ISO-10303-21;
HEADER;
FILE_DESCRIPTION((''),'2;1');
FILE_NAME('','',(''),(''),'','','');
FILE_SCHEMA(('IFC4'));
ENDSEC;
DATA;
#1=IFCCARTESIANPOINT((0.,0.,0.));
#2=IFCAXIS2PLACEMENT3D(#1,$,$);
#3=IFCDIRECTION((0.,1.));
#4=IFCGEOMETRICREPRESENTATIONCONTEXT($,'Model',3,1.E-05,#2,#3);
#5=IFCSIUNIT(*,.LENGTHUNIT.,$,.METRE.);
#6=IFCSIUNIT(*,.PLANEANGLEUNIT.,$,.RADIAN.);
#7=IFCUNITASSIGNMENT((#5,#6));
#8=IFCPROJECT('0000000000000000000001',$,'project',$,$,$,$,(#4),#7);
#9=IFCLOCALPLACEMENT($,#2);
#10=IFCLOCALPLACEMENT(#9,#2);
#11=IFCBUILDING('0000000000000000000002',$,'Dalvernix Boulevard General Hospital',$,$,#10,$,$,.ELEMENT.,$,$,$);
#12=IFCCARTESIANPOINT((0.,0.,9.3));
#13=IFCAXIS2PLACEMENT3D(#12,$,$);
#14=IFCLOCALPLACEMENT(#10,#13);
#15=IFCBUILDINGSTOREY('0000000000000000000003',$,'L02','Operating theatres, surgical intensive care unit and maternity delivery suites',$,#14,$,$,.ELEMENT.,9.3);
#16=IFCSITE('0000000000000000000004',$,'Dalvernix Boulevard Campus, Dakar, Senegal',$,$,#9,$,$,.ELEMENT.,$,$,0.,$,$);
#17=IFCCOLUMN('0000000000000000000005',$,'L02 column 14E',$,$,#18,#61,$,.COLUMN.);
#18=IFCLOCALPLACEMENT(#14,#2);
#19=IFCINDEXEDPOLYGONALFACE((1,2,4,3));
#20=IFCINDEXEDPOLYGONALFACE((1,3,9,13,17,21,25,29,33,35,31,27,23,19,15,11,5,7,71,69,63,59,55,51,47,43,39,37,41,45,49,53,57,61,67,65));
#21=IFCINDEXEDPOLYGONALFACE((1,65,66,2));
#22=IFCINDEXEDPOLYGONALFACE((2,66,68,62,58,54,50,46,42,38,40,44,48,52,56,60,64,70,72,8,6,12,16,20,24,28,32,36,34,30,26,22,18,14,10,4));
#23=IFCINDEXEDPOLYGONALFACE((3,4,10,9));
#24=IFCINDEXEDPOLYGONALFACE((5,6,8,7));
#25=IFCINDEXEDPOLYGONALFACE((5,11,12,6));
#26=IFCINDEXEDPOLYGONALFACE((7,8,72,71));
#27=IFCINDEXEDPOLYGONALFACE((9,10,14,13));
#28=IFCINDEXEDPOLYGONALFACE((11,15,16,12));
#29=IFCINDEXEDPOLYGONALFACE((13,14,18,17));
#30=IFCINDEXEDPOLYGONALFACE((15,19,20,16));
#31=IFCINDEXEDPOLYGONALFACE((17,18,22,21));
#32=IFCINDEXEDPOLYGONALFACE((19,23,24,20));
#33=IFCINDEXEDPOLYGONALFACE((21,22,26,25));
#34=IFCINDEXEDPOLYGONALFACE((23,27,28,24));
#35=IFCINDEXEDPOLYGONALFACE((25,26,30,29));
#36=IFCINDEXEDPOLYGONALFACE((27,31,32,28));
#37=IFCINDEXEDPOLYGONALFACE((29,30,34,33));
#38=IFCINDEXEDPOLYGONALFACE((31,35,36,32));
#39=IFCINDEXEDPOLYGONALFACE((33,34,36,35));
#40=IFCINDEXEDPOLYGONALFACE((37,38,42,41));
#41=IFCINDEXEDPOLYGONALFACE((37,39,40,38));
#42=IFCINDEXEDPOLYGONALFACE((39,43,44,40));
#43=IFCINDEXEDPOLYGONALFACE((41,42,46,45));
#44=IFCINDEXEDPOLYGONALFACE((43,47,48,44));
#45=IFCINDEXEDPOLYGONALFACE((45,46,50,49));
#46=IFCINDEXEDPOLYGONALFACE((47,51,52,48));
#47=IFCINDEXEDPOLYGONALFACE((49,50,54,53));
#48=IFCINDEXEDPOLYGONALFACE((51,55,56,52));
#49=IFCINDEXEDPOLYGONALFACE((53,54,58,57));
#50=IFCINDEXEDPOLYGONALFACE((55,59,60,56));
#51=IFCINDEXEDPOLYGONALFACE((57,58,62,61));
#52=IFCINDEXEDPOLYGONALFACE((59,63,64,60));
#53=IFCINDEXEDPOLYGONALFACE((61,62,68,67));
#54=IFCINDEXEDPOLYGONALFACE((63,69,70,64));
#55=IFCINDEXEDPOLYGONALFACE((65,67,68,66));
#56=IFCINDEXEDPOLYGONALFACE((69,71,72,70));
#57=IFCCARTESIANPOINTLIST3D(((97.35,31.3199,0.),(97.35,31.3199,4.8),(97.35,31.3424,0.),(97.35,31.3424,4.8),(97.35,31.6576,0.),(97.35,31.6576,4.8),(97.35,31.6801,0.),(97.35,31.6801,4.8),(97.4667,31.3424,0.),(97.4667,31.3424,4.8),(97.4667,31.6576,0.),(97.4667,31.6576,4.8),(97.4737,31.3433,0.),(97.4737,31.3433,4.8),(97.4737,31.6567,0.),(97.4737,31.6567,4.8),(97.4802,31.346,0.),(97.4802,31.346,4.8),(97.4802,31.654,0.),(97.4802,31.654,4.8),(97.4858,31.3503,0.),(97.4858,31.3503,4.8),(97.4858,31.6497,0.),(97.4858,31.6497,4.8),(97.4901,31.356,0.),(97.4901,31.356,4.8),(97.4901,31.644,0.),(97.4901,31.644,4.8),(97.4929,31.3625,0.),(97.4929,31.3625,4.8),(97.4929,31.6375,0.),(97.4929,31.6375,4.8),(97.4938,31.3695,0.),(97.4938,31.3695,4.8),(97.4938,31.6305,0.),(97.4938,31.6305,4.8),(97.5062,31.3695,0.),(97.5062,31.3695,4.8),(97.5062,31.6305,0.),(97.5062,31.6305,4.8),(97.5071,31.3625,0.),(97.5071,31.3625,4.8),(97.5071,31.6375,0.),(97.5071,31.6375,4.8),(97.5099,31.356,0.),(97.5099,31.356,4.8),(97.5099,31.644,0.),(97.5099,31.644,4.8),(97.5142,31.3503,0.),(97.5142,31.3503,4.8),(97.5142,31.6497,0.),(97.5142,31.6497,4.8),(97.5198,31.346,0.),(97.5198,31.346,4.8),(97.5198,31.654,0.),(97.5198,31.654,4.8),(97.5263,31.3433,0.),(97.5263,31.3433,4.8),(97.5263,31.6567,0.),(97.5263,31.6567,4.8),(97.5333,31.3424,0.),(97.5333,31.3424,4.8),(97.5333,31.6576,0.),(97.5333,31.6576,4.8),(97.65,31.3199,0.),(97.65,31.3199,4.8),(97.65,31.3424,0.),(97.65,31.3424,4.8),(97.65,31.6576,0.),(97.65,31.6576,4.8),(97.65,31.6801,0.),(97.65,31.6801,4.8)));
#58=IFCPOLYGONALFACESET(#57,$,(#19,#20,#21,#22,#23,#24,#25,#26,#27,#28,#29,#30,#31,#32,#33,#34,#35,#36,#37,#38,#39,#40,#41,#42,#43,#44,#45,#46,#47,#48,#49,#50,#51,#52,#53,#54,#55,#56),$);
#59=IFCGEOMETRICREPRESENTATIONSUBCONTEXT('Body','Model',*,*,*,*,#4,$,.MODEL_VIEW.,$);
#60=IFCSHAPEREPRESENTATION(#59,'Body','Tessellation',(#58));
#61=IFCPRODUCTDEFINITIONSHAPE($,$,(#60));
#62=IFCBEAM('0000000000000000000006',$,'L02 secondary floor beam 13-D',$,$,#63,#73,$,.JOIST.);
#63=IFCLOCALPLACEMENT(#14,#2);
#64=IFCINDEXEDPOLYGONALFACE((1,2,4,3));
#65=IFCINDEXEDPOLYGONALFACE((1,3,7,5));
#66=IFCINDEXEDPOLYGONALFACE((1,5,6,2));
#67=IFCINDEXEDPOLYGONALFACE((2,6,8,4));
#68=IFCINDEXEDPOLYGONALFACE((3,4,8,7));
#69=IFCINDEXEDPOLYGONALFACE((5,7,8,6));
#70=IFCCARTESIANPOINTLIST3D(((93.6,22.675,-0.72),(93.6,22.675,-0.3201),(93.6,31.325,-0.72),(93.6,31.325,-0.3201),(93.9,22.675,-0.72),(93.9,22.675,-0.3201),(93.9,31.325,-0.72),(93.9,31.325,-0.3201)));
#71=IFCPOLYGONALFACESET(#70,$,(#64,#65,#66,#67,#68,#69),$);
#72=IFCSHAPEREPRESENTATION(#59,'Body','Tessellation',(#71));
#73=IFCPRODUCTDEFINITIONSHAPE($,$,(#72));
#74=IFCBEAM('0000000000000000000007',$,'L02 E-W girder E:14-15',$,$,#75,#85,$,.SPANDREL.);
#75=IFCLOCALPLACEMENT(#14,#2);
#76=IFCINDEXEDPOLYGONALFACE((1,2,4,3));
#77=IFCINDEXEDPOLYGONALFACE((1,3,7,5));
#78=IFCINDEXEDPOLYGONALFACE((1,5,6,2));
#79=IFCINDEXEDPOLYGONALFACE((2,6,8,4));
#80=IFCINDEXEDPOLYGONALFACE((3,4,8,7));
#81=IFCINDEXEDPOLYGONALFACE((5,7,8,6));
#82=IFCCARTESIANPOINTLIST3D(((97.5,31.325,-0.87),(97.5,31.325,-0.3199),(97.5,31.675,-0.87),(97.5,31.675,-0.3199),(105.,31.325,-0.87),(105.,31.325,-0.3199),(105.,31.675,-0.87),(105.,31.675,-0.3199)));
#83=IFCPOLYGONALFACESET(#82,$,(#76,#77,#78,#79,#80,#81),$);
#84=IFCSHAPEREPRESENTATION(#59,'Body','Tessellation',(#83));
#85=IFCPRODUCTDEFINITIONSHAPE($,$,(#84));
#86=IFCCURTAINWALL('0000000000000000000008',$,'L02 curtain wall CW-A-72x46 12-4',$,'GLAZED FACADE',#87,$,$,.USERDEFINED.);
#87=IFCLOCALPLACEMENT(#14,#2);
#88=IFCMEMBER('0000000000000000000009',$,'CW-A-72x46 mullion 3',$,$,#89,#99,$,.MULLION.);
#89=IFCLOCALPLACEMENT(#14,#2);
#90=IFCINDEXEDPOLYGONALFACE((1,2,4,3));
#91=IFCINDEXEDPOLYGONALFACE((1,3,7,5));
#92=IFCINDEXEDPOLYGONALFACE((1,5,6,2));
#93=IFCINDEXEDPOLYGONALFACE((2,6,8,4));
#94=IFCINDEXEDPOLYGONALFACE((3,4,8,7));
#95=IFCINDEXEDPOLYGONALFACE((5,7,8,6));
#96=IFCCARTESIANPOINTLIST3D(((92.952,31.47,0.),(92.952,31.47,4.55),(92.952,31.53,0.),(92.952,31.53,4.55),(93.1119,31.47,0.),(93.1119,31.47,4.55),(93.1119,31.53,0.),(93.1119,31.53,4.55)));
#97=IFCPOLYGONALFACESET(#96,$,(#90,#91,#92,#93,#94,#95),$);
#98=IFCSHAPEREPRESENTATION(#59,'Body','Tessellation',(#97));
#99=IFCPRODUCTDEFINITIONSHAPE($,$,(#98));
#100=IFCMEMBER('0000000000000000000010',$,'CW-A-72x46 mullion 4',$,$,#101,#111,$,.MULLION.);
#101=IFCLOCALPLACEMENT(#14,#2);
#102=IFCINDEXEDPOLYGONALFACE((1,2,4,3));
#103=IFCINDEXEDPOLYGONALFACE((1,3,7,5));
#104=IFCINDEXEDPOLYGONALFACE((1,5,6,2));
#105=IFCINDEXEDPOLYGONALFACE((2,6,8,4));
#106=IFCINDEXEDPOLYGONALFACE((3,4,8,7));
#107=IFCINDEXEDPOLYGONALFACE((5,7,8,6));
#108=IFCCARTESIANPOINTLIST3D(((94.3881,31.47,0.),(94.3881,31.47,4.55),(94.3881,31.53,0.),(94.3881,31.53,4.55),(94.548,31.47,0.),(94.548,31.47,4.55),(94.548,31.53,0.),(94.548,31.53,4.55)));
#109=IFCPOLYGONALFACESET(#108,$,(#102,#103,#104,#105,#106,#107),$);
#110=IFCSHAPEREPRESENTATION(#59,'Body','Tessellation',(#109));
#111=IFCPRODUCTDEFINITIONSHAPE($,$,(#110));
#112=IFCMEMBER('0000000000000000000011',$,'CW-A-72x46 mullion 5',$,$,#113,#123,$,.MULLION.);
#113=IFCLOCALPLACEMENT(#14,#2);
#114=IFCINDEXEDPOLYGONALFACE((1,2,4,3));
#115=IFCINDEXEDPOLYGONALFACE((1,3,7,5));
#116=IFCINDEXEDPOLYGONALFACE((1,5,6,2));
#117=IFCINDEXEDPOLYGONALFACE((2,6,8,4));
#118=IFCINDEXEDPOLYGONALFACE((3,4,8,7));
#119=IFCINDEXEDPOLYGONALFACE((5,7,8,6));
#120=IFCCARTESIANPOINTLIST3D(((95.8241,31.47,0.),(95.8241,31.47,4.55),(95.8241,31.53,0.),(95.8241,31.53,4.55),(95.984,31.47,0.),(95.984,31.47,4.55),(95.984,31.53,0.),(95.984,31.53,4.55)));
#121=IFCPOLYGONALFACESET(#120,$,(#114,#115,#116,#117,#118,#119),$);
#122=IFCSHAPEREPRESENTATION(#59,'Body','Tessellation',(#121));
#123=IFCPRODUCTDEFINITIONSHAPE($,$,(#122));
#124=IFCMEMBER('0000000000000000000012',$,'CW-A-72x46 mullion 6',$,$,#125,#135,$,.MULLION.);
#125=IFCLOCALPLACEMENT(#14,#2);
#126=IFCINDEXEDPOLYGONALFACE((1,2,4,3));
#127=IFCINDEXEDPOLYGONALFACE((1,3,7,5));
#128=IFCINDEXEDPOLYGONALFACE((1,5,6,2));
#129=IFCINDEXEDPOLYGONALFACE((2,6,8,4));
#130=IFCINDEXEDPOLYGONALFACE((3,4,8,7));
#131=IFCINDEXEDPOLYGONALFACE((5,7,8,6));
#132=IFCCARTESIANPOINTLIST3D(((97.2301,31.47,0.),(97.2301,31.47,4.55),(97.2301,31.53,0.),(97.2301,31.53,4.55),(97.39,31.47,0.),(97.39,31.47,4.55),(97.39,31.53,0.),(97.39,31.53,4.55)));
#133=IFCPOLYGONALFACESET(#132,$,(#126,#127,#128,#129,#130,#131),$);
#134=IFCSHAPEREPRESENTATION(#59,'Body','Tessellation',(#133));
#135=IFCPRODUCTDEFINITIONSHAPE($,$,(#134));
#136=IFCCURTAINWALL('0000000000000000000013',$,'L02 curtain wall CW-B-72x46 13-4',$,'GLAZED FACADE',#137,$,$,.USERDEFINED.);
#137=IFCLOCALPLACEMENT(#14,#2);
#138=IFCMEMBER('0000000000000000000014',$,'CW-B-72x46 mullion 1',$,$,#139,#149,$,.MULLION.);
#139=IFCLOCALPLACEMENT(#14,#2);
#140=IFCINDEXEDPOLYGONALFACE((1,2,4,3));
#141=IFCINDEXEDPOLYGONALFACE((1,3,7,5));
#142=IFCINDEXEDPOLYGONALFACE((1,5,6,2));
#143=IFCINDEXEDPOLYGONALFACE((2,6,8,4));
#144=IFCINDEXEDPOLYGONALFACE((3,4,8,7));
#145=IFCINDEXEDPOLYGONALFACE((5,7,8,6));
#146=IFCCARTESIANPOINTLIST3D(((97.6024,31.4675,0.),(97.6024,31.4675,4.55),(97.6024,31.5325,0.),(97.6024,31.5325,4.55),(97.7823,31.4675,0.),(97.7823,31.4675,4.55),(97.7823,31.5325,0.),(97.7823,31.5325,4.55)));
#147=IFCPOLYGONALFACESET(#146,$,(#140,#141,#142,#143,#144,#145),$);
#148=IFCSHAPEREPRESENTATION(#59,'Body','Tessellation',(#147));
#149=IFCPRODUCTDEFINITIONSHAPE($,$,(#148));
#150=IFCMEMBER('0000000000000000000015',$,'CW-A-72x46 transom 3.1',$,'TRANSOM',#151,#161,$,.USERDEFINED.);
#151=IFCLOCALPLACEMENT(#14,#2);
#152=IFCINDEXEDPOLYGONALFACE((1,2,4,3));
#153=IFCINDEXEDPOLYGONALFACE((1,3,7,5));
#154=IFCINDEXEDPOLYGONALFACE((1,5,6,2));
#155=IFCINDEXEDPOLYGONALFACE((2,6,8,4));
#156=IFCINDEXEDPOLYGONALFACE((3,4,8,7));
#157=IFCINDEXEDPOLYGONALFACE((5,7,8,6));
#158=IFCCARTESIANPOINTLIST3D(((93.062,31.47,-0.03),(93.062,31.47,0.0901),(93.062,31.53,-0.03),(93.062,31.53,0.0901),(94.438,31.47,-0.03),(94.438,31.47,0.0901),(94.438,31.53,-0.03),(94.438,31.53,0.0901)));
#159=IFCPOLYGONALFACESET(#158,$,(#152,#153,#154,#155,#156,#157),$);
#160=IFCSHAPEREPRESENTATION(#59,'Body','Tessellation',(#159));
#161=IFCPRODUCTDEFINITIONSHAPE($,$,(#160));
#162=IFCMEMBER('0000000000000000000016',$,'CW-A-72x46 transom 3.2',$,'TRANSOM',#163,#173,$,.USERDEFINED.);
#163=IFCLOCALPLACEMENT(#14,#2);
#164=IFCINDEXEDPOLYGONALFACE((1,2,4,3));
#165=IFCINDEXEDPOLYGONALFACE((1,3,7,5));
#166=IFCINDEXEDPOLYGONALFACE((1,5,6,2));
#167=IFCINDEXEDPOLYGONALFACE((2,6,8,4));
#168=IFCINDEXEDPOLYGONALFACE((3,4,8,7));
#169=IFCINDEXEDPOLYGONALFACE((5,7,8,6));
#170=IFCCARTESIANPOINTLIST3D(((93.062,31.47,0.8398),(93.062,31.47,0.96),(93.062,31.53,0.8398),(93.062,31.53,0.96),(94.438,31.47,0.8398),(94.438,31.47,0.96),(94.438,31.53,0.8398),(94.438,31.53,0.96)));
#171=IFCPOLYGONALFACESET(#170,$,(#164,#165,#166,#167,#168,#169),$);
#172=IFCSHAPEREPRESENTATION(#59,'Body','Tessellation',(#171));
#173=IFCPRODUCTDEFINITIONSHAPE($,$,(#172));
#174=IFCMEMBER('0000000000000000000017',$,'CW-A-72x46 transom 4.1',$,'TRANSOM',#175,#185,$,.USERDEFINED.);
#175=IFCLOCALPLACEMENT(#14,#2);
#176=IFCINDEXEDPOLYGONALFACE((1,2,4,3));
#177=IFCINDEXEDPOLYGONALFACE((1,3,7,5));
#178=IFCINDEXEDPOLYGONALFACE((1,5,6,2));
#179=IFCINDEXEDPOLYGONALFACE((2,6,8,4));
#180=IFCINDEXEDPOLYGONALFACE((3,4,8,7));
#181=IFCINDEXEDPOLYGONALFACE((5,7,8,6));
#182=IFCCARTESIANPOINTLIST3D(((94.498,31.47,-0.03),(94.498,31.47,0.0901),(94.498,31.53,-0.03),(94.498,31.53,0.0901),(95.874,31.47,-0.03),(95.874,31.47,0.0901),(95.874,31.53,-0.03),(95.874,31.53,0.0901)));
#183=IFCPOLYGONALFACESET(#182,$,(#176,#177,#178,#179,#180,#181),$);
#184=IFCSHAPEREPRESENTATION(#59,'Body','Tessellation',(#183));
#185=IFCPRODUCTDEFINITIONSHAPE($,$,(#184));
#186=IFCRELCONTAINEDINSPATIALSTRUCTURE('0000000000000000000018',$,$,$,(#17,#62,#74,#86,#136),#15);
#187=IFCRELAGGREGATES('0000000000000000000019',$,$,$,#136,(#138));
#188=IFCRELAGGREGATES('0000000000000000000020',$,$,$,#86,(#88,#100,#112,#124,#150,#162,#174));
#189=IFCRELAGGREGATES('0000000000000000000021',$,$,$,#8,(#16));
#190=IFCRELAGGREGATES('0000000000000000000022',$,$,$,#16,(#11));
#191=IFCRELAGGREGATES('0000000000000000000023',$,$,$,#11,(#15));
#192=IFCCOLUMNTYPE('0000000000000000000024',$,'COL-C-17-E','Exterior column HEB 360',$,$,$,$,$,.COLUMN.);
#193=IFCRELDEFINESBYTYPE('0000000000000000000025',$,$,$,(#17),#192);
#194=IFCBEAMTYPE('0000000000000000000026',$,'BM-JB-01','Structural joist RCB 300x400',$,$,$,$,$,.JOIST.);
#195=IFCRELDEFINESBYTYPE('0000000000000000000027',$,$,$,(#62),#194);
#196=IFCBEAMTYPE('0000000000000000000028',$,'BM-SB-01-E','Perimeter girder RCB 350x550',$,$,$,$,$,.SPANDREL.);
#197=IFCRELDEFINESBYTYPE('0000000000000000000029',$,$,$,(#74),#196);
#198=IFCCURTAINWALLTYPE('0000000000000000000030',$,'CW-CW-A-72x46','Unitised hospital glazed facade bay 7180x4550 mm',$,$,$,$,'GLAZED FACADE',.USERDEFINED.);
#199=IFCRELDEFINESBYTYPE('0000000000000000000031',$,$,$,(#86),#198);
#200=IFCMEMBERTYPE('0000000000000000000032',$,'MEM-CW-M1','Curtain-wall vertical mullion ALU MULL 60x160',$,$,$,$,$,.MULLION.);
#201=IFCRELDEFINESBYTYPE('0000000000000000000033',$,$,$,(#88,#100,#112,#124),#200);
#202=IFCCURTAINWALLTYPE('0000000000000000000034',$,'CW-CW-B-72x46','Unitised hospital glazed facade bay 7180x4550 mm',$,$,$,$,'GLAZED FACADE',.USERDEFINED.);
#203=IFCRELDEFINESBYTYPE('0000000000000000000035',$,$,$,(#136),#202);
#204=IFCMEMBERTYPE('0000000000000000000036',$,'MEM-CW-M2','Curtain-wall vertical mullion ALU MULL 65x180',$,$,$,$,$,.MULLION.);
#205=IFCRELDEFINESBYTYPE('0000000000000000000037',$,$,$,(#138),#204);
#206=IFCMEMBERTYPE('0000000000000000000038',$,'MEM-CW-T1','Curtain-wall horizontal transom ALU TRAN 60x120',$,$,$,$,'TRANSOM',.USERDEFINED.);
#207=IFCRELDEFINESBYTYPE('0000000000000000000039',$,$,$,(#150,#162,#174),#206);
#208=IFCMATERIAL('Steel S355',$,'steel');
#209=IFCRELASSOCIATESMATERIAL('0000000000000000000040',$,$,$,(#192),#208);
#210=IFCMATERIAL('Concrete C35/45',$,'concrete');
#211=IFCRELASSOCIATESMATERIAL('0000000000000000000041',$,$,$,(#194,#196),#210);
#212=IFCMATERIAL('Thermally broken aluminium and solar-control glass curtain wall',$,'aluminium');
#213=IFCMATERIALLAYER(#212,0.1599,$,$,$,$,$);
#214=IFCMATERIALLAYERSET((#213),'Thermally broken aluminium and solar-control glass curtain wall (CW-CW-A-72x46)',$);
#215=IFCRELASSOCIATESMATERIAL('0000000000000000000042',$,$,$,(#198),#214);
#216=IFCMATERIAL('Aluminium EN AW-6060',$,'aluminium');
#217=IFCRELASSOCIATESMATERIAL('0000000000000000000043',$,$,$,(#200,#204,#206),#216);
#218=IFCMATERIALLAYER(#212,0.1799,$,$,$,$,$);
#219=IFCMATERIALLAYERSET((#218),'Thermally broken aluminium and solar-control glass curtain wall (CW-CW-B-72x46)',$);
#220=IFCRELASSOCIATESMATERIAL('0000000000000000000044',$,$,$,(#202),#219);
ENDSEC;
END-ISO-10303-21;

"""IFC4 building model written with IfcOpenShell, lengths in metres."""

from ifc_helpers import new_model, si_unit, direction, frame, origin, origin_2d, place, context, subcontext, project, spatial, rectangle, i_section, extrude, material, layer, layer_set, material_profile, profile_set, type_object, element, aggregate, save


model = new_model("IFC4")

# Units and contexts
model_context = context("Model", 3, precision=1e-05, world=origin(), true_north=direction((0.0, 1.0)))
body_context = subcontext(model_context, "Body", "Model", "MODEL_VIEW")
ifc_project = project(units=[si_unit("LENGTHUNIT", "METRE"), si_unit("PLANEANGLEUNIT", "RADIAN")], contexts=[model_context])

# Site, building, storey
site_placement = place(None, origin())
site = spatial("IfcSite", under=ifc_project, at=site_placement, Name="Dalvernix Boulevard Campus, Dakar, Senegal", CompositionType="ELEMENT", RefElevation=0.0)
building_placement = place(site_placement, origin())
building = spatial("IfcBuilding", under=site, at=building_placement, Name="Dalvernix Boulevard General Hospital", CompositionType="ELEMENT")
storey_placement = place(building_placement, frame((0.0, 0.0, 9.3)))
storey = spatial("IfcBuildingStorey", under=building, at=storey_placement, Name="L02", Description="Operating theatres, surgical intensive care unit and maternity delivery suites", CompositionType="ELEMENT", Elevation=9.3)

# Column
ifc_material_1 = material(Name="Steel S355", Category="steel")
ifc_material_profile_1 = material_profile(ifc_material_1, i_section(OverallWidth=0.3, OverallDepth=0.3601, WebThickness=0.0125, FlangeThickness=0.0225, FilletRadius=0.0271, at=origin_2d()), Name="HEB 360")
ifc_profile_set_1 = profile_set([ifc_material_profile_1], Name="Steel S355")
column_type = type_object("IfcColumnType", Name="COL-C-17-E", Description="Exterior column HEB 360", PredefinedType="COLUMN", material=ifc_profile_set_1)
column_placement = place(storey_placement, frame((97.5, 31.5, 0.0), z_axis=(0.0, 0.0, 1.0), x_axis=(1.0, 0.0, 0.0)))
element("IfcColumn", 1, at=column_placement, inside=storey, type_object=column_type, Name="L02 column 14E", PredefinedType="COLUMN", context=body_context, shape_type="SweptSolid", body=[
    extrude(i_section(OverallWidth=0.3, OverallDepth=0.3601, WebThickness=0.0125, FlangeThickness=0.0225, FilletRadius=0.0271, at=origin_2d()), origin(), (0.0, 0.0, 1.0), 4.8),
])

# Beams
ifc_material_2 = material(Name="Concrete C35/45", Category="concrete")
ifc_material_profile_2 = material_profile(ifc_material_2, rectangle(XDim=0.3, YDim=0.3999, at=origin_2d()), Name="RCB 300x400")
ifc_profile_set_2 = profile_set([ifc_material_profile_2], Name="Concrete C35/45")
beam_type_1 = type_object("IfcBeamType", Name="BM-JB-01", Description="Structural joist RCB 300x400", PredefinedType="JOIST", material=ifc_profile_set_2)
beam_1_placement = place(storey_placement, frame((93.75, 22.675, -0.52), z_axis=(0.0, 1.0, 0.0), x_axis=(-1.0, 0.0, 0.0)))
element("IfcBeam", 2, at=beam_1_placement, inside=storey, type_object=beam_type_1, Name="L02 secondary floor beam 13-D", PredefinedType="JOIST", context=body_context, shape_type="SweptSolid", body=[
    extrude(rectangle(XDim=0.3, YDim=0.3999, at=origin_2d()), origin(), (0.0, 0.0, 1.0), 8.6499),
])
ifc_material_profile_3 = material_profile(ifc_material_2, rectangle(XDim=0.3501, YDim=0.55, at=origin_2d()), Name="RCB 350x550")
ifc_profile_set_3 = profile_set([ifc_material_profile_3], Name="Concrete C35/45")
beam_type_2 = type_object("IfcBeamType", Name="BM-SB-01-E", Description="Perimeter girder RCB 350x550", PredefinedType="SPANDREL", material=ifc_profile_set_3)
beam_2_placement = place(storey_placement, frame((97.5, 31.5, -0.595), z_axis=(1.0, 0.0, 0.0), x_axis=(0.0, 1.0, 0.0)))
element("IfcBeam", 3, at=beam_2_placement, inside=storey, type_object=beam_type_2, Name="L02 E-W girder E:14-15", PredefinedType="SPANDREL", context=body_context, shape_type="SweptSolid", body=[
    extrude(rectangle(XDim=0.3501, YDim=0.55, at=origin_2d()), origin(), (0.0, 0.0, 1.0), 7.5),
])

# Curtain wall, members
ifc_material_3 = material(Name="Thermally broken aluminium and solar-control glass curtain wall", Category="aluminium")
ifc_layer_1 = layer(ifc_material_3, 0.1599)
ifc_layer_set_1 = layer_set([ifc_layer_1], Name="Thermally broken aluminium and solar-control glass curtain wall (CW-CW-A-72x46)")
curtain_wall_type_1 = type_object("IfcCurtainWallType", Name="CW-CW-A-72x46", Description="Unitised hospital glazed facade bay 7180x4550 mm", ElementType="GLAZED FACADE", PredefinedType="USERDEFINED", material=ifc_layer_set_1)
curtain_wall_1_placement = place(storey_placement, origin())
curtain_wall_1 = element("IfcCurtainWall", 4, at=curtain_wall_1_placement, inside=storey, type_object=curtain_wall_type_1, Name="L02 curtain wall CW-A-72x46 12-4", ObjectType="GLAZED FACADE", PredefinedType="USERDEFINED")
ifc_material_4 = material(Name="Aluminium EN AW-6060", Category="aluminium")
ifc_material_profile_4 = material_profile(ifc_material_4, rectangle(XDim=0.0601, YDim=0.1599, at=origin_2d()), Name="ALU MULL 60x160")
ifc_profile_set_4 = profile_set([ifc_material_profile_4], Name="Aluminium EN AW-6060")
member_type_1 = type_object("IfcMemberType", Name="MEM-CW-M1", Description="Curtain-wall vertical mullion ALU MULL 60x160", PredefinedType="MULLION", material=ifc_profile_set_4)
member_1_placement = place(storey_placement, frame((93.032, 31.5, 0.0), z_axis=(0.0, 0.0, 1.0), x_axis=(0.0, 1.0, 0.0)))
member_1 = element("IfcMember", 5, at=member_1_placement, type_object=member_type_1, Name="CW-A-72x46 mullion 3", PredefinedType="MULLION", context=body_context, shape_type="SweptSolid", body=[
    extrude(rectangle(XDim=0.0601, YDim=0.1599, at=origin_2d()), origin(), (0.0, 0.0, 1.0), 4.55),
])
member_2_placement = place(storey_placement, frame((94.468, 31.5, 0.0), z_axis=(0.0, 0.0, 1.0), x_axis=(0.0, 1.0, 0.0)))
member_2 = element("IfcMember", 6, at=member_2_placement, type_object=member_type_1, Name="CW-A-72x46 mullion 4", PredefinedType="MULLION", context=body_context, shape_type="SweptSolid", body=[
    extrude(rectangle(XDim=0.0601, YDim=0.1599, at=origin_2d()), origin(), (0.0, 0.0, 1.0), 4.55),
])
member_3_placement = place(storey_placement, frame((95.9041, 31.5, 0.0), z_axis=(0.0, 0.0, 1.0), x_axis=(0.0, 1.0, 0.0)))
member_3 = element("IfcMember", 7, at=member_3_placement, type_object=member_type_1, Name="CW-A-72x46 mullion 5", PredefinedType="MULLION", context=body_context, shape_type="SweptSolid", body=[
    extrude(rectangle(XDim=0.0601, YDim=0.1599, at=origin_2d()), origin(), (0.0, 0.0, 1.0), 4.55),
])
member_4_placement = place(storey_placement, frame((97.3101, 31.5, 0.0), z_axis=(0.0, 0.0, 1.0), x_axis=(0.0, 1.0, 0.0)))
member_4 = element("IfcMember", 8, at=member_4_placement, type_object=member_type_1, Name="CW-A-72x46 mullion 6", PredefinedType="MULLION", context=body_context, shape_type="SweptSolid", body=[
    extrude(rectangle(XDim=0.0601, YDim=0.1599, at=origin_2d()), origin(), (0.0, 0.0, 1.0), 4.55),
])

# Curtain wall, member
ifc_layer_2 = layer(ifc_material_3, 0.1799)
ifc_layer_set_2 = layer_set([ifc_layer_2], Name="Thermally broken aluminium and solar-control glass curtain wall (CW-CW-B-72x46)")
curtain_wall_type_2 = type_object("IfcCurtainWallType", Name="CW-CW-B-72x46", Description="Unitised hospital glazed facade bay 7180x4550 mm", ElementType="GLAZED FACADE", PredefinedType="USERDEFINED", material=ifc_layer_set_2)
curtain_wall_2_placement = place(storey_placement, origin())
curtain_wall_2 = element("IfcCurtainWall", 9, at=curtain_wall_2_placement, inside=storey, type_object=curtain_wall_type_2, Name="L02 curtain wall CW-B-72x46 13-4", ObjectType="GLAZED FACADE", PredefinedType="USERDEFINED")
ifc_material_profile_5 = material_profile(ifc_material_4, rectangle(XDim=0.0649, YDim=0.1799, at=origin_2d()), Name="ALU MULL 65x180")
ifc_profile_set_5 = profile_set([ifc_material_profile_5], Name="Aluminium EN AW-6060")
member_type_2 = type_object("IfcMemberType", Name="MEM-CW-M2", Description="Curtain-wall vertical mullion ALU MULL 65x180", PredefinedType="MULLION", material=ifc_profile_set_5)
member_5_placement = place(storey_placement, frame((97.6924, 31.5, 0.0), z_axis=(0.0, 0.0, 1.0), x_axis=(0.0, 1.0, 0.0)))
member_5 = element("IfcMember", 10, at=member_5_placement, type_object=member_type_2, Name="CW-B-72x46 mullion 1", PredefinedType="MULLION", context=body_context, shape_type="SweptSolid", body=[
    extrude(rectangle(XDim=0.0649, YDim=0.1799, at=origin_2d()), origin(), (0.0, 0.0, 1.0), 4.55),
])

# Members
ifc_material_profile_6 = material_profile(ifc_material_4, rectangle(XDim=0.0601, YDim=0.1201, at=origin_2d()), Name="ALU TRAN 60x120")
ifc_profile_set_6 = profile_set([ifc_material_profile_6], Name="Aluminium EN AW-6060")
member_type_3 = type_object("IfcMemberType", Name="MEM-CW-T1", Description="Curtain-wall horizontal transom ALU TRAN 60x120", ElementType="TRANSOM", PredefinedType="USERDEFINED", material=ifc_profile_set_6)
member_6_placement = place(storey_placement, frame((93.062, 31.5, 0.03), z_axis=(1.0, 0.0, 0.0), x_axis=(0.0, 1.0, 0.0)))
member_6 = element("IfcMember", 11, at=member_6_placement, type_object=member_type_3, Name="CW-A-72x46 transom 3.1", ObjectType="TRANSOM", PredefinedType="USERDEFINED", context=body_context, shape_type="SweptSolid", body=[
    extrude(rectangle(XDim=0.0601, YDim=0.1201, at=origin_2d()), origin(), (0.0, 0.0, 1.0), 1.376),
])
member_7_placement = place(storey_placement, frame((93.062, 31.5, 0.8999), z_axis=(1.0, 0.0, 0.0), x_axis=(0.0, 1.0, 0.0)))
member_7 = element("IfcMember", 12, at=member_7_placement, type_object=member_type_3, Name="CW-A-72x46 transom 3.2", ObjectType="TRANSOM", PredefinedType="USERDEFINED", context=body_context, shape_type="SweptSolid", body=[
    extrude(rectangle(XDim=0.0601, YDim=0.1201, at=origin_2d()), origin(), (0.0, 0.0, 1.0), 1.376),
])
member_8_placement = place(storey_placement, frame((94.498, 31.5, 0.03), z_axis=(1.0, 0.0, 0.0), x_axis=(0.0, 1.0, 0.0)))
member_8 = element("IfcMember", 13, at=member_8_placement, type_object=member_type_3, Name="CW-A-72x46 transom 4.1", ObjectType="TRANSOM", PredefinedType="USERDEFINED", context=body_context, shape_type="SweptSolid", body=[
    extrude(rectangle(XDim=0.0601, YDim=0.1201, at=origin_2d()), origin(), (0.0, 0.0, 1.0), 1.376),
])
aggregate(curtain_wall_2, [member_5])

aggregate(curtain_wall_1, [member_1, member_2, member_3, member_4, member_6, member_7, member_8])

save(model, "model.ifc")
